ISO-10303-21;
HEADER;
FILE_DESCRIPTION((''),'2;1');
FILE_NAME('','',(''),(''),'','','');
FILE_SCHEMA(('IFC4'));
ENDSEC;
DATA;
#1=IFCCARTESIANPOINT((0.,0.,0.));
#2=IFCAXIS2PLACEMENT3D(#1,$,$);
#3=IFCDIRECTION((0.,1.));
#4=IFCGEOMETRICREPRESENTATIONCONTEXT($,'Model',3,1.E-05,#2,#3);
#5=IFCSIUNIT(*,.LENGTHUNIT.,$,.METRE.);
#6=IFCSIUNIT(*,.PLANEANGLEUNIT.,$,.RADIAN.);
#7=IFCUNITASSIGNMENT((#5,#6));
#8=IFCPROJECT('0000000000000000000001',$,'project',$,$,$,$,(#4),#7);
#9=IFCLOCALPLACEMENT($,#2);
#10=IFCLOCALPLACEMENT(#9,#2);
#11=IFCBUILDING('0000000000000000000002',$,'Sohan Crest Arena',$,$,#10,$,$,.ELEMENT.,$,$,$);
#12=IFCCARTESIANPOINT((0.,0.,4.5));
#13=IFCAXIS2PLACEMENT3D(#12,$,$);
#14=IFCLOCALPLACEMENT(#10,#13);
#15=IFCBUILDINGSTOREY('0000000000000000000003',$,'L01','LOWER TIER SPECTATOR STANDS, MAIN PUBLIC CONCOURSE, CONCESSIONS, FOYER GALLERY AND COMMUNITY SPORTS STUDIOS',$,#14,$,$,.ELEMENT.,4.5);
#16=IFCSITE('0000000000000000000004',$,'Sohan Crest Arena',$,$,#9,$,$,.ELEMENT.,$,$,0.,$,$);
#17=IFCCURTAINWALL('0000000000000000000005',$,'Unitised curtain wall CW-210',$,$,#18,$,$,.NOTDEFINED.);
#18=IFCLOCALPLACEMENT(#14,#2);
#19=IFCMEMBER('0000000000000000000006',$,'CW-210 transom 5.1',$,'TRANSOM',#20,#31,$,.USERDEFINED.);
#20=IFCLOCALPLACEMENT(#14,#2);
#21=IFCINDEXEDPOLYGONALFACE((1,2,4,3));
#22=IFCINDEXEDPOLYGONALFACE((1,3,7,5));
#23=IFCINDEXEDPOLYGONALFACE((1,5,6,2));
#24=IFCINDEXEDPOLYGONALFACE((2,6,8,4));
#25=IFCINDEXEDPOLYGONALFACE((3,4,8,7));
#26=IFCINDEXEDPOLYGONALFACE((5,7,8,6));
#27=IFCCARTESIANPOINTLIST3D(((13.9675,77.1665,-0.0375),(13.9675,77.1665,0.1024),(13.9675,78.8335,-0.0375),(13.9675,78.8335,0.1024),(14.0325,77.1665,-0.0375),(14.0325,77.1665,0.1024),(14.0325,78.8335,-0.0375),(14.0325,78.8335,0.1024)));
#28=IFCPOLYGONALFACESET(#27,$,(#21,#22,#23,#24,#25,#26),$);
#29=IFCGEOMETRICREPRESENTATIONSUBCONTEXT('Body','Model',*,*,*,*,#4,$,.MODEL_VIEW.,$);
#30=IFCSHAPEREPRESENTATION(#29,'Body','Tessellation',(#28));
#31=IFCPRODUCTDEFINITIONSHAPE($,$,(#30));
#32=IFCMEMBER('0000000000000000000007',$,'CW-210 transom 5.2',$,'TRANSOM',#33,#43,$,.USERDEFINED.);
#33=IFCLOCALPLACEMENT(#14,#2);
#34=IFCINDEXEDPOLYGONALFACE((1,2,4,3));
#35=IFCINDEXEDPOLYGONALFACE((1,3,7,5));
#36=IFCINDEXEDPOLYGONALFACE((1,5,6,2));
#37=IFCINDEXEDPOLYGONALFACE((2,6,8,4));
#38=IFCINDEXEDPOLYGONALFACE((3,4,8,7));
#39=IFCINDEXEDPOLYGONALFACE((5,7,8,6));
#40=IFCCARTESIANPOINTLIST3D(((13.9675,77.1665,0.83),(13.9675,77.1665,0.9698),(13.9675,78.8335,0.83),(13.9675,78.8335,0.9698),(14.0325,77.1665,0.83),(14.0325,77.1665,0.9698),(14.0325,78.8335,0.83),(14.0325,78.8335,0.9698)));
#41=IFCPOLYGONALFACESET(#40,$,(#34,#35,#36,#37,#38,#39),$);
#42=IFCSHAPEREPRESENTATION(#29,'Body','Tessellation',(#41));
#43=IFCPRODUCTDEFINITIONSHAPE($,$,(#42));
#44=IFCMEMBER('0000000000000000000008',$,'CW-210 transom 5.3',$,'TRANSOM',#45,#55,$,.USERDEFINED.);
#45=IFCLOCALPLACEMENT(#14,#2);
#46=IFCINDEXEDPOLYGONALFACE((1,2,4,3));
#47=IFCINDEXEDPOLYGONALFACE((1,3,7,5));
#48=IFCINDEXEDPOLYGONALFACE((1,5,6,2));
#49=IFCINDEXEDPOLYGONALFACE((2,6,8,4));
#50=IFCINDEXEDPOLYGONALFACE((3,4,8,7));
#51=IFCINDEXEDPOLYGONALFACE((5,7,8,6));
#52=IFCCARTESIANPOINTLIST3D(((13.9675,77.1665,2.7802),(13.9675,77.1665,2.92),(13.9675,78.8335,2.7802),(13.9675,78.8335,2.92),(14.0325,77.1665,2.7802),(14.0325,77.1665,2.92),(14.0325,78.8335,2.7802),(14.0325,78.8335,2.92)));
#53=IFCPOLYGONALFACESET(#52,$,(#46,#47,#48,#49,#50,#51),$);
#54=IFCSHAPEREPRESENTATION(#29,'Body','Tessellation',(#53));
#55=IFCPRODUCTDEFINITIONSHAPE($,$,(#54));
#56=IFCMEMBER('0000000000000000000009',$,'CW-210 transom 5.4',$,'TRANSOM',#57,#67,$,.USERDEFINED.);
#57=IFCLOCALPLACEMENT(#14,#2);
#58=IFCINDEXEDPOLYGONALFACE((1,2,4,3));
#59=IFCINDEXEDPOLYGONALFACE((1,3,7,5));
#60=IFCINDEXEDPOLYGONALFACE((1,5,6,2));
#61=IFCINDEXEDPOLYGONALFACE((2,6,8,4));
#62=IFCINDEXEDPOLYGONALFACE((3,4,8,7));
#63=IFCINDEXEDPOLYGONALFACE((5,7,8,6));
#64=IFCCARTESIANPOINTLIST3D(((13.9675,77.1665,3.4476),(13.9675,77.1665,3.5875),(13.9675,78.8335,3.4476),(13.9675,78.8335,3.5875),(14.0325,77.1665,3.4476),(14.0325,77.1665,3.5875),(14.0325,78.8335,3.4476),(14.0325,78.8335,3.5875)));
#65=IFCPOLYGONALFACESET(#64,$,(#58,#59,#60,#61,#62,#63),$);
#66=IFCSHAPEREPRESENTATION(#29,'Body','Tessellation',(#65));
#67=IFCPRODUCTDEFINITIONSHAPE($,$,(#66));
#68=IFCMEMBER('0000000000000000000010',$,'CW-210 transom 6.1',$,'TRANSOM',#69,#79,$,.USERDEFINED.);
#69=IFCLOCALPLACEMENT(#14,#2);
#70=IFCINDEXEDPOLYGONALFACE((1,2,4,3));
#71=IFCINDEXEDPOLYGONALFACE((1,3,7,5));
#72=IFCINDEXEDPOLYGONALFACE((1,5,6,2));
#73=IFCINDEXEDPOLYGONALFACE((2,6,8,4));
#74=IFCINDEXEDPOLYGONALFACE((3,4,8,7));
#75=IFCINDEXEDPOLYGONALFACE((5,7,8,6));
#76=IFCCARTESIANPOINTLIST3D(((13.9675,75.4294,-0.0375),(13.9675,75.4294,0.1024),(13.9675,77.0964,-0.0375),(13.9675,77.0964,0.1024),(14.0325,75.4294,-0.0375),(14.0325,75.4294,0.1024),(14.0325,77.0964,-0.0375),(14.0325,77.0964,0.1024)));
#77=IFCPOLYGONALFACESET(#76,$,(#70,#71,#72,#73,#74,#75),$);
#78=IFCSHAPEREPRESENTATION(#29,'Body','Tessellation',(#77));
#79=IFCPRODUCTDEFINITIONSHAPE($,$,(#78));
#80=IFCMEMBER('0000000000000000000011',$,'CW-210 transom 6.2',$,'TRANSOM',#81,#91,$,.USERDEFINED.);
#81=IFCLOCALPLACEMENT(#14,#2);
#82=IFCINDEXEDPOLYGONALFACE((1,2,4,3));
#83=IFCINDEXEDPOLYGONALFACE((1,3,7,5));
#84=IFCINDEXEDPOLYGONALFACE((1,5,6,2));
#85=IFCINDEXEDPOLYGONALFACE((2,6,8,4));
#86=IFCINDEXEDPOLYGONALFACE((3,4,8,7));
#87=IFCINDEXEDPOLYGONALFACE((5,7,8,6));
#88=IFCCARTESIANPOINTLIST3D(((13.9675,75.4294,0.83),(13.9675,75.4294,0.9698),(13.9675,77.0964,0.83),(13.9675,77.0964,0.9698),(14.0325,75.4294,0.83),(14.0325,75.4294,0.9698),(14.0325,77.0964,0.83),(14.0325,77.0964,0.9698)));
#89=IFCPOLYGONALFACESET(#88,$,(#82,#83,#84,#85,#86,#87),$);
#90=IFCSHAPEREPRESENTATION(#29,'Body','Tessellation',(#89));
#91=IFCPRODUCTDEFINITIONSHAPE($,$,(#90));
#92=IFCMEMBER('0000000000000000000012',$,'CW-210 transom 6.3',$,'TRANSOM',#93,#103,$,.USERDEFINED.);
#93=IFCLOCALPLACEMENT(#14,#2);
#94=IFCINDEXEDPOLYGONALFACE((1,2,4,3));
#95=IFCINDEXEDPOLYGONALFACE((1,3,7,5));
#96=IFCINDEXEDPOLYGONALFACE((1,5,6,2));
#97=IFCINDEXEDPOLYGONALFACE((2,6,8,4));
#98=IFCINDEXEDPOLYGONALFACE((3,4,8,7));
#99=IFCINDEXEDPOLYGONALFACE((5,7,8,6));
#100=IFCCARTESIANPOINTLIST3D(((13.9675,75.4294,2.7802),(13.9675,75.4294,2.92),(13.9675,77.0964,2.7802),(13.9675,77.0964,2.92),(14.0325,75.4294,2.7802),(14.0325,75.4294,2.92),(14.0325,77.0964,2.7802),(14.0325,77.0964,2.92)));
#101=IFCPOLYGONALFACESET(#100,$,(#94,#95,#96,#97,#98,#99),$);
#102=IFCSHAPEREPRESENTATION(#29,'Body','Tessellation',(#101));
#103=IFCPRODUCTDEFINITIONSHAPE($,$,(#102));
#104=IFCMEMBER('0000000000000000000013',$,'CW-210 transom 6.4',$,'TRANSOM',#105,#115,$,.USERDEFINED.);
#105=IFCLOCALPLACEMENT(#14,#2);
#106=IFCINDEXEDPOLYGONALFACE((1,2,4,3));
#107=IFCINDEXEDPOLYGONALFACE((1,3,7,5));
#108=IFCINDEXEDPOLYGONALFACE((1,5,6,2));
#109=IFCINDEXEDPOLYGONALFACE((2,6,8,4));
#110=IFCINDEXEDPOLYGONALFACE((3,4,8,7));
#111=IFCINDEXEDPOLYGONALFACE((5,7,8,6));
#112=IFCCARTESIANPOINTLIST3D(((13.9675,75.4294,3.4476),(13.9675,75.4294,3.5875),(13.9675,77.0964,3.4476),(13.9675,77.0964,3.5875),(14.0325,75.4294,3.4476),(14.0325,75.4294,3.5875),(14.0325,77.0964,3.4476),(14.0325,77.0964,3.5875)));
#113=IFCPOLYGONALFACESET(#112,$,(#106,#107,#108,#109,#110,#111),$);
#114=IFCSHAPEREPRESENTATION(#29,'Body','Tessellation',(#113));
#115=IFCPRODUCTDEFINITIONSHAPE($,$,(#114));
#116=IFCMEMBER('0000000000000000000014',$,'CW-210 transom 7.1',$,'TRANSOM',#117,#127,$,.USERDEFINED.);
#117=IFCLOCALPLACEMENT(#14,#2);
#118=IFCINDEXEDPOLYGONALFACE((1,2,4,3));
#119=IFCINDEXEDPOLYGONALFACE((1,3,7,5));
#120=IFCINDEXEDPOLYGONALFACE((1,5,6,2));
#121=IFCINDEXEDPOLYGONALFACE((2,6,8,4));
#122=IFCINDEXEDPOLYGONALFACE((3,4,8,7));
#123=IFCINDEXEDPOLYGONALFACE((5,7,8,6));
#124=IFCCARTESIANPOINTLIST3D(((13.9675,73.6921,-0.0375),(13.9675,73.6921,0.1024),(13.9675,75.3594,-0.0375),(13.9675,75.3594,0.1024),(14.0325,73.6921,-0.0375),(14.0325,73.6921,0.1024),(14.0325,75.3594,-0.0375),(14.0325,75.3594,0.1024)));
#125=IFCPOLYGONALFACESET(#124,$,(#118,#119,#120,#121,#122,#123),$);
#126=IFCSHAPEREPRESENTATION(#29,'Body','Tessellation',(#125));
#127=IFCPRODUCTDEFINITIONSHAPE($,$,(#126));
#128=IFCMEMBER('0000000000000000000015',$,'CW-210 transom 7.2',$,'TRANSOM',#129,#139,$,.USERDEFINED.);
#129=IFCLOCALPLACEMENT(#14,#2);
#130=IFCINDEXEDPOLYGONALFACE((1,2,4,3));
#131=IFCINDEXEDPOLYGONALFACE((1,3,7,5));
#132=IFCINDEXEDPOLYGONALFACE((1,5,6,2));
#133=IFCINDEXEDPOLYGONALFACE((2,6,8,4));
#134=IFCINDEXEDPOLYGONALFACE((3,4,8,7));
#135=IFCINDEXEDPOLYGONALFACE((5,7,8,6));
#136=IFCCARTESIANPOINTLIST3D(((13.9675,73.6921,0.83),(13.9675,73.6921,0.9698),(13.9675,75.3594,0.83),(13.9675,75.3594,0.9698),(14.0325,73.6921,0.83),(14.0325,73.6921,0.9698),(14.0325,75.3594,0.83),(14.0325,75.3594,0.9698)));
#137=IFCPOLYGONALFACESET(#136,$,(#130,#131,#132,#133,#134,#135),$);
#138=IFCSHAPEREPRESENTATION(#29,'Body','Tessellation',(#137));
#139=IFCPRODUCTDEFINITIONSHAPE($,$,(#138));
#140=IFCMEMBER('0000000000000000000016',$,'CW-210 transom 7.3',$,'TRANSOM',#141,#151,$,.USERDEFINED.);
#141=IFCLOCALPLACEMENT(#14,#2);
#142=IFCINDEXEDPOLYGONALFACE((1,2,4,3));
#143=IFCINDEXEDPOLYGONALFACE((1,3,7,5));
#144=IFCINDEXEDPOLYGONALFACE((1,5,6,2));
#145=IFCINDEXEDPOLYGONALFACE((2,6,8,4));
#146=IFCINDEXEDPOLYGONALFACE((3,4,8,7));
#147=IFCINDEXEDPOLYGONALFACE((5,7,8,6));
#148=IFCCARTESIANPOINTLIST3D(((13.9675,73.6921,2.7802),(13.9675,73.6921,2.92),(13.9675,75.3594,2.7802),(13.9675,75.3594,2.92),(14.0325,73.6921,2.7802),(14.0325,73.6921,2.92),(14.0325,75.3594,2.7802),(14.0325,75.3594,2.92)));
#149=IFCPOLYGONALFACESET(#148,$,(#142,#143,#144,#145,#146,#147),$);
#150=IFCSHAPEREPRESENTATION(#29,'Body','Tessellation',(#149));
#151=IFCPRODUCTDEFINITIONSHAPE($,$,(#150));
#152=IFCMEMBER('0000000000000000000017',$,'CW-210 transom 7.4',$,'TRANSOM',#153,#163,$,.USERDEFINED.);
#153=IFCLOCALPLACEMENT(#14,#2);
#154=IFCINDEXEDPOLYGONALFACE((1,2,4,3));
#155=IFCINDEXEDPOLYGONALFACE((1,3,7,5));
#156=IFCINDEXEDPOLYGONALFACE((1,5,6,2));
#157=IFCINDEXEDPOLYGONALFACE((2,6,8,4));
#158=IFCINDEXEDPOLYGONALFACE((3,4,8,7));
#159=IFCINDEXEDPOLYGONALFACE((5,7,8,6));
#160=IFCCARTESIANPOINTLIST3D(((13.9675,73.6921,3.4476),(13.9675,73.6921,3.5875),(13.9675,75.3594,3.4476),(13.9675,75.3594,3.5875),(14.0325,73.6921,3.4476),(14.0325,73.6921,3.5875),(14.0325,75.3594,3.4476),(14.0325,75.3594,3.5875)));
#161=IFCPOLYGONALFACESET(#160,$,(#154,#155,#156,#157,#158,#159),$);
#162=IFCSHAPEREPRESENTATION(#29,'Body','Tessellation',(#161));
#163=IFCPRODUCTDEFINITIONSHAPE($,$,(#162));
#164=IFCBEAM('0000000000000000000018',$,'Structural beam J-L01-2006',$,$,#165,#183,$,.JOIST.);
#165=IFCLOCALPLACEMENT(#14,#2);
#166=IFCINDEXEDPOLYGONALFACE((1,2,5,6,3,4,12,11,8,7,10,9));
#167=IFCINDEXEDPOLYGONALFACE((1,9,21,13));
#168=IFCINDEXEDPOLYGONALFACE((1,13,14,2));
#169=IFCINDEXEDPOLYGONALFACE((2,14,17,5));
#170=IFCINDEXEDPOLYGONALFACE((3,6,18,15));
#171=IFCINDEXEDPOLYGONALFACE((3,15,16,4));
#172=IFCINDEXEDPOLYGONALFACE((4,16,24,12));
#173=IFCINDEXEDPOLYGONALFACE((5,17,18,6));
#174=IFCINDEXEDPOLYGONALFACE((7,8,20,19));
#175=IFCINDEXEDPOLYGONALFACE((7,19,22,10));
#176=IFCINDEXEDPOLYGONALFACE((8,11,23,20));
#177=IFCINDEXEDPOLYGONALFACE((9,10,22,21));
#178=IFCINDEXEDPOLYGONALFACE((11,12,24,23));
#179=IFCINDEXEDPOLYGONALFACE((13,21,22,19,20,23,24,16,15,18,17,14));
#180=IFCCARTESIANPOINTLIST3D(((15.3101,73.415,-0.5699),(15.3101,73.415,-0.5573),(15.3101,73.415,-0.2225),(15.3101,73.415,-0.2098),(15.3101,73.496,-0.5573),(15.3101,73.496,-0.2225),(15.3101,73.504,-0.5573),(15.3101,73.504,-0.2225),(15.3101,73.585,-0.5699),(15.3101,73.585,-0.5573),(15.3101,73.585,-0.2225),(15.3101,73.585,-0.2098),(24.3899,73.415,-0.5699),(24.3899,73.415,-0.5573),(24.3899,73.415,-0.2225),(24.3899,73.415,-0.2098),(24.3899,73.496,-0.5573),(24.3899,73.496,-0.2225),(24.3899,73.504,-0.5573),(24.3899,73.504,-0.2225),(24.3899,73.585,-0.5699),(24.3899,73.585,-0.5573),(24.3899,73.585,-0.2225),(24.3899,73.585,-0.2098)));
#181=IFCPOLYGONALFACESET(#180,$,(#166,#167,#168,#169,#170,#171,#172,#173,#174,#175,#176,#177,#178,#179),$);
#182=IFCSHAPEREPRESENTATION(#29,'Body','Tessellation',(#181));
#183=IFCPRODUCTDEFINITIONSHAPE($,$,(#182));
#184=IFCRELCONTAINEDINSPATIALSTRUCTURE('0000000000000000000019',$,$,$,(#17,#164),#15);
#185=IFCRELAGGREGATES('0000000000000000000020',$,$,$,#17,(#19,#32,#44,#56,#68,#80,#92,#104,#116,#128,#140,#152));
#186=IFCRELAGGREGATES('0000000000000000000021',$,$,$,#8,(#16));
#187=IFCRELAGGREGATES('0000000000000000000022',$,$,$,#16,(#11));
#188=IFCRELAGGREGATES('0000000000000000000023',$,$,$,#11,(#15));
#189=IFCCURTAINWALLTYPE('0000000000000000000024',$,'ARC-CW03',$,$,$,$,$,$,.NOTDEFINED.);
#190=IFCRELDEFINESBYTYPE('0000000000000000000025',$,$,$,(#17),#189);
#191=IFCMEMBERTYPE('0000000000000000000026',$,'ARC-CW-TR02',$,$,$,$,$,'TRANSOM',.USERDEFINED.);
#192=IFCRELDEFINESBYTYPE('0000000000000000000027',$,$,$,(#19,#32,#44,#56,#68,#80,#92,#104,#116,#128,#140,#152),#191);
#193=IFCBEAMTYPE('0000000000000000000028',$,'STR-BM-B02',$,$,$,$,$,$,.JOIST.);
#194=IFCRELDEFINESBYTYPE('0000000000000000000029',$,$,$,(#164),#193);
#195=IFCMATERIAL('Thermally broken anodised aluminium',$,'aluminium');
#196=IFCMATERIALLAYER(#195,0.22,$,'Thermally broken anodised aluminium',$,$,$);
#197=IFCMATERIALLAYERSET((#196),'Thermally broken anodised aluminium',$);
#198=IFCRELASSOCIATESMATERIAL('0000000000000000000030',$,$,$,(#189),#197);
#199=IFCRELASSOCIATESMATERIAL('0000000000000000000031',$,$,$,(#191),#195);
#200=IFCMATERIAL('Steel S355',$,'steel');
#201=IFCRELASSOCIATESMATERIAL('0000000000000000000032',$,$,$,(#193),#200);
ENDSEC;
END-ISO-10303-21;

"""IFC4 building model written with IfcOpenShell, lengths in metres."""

from ifc_helpers import new_model, si_unit, direction, frame, origin, origin_2d, place, context, subcontext, project, spatial, rectangle, i_section, extrude, material, layer, layer_set, material_profile, profile_set, type_object, element, aggregate, save


model = new_model("IFC4")

# Units and contexts
model_context = context("Model", 3, precision=1e-05, world=origin(), true_north=direction((0.0, 1.0)))
body_context = subcontext(model_context, "Body", "Model", "MODEL_VIEW")
ifc_project = project(units=[si_unit("LENGTHUNIT", "METRE"), si_unit("PLANEANGLEUNIT", "RADIAN")], contexts=[model_context])

# Site, building, storey
site_placement = place(None, origin())
site = spatial("IfcSite", under=ifc_project, at=site_placement, Name="Sohan Crest Arena", CompositionType="ELEMENT", RefElevation=0.0)
building_placement = place(site_placement, origin())
building = spatial("IfcBuilding", under=site, at=building_placement, Name="Sohan Crest Arena", CompositionType="ELEMENT")
storey_placement = place(building_placement, frame((0.0, 0.0, 4.5)))
storey = spatial("IfcBuildingStorey", under=building, at=storey_placement, Name="L01", Description="LOWER TIER SPECTATOR STANDS, MAIN PUBLIC CONCOURSE, CONCESSIONS, FOYER GALLERY AND COMMUNITY SPORTS STUDIOS", CompositionType="ELEMENT", Elevation=4.5)

# Curtain wall, members
ifc_material_1 = material(Name="Thermally broken anodised aluminium", Category="aluminium")
ifc_layer_1 = layer(ifc_material_1, 0.22, Name="Thermally broken anodised aluminium")
ifc_layer_set_1 = layer_set([ifc_layer_1], Name="Thermally broken anodised aluminium")
curtain_wall_type = type_object("IfcCurtainWallType", Name="ARC-CW03", PredefinedType="NOTDEFINED", material=ifc_layer_set_1)
curtain_wall_placement = place(storey_placement, origin())
curtain_wall = element("IfcCurtainWall", 1, at=curtain_wall_placement, inside=storey, type_object=curtain_wall_type, Name="Unitised curtain wall CW-210", PredefinedType="NOTDEFINED")
ifc_material_profile_1 = material_profile(ifc_material_1, rectangle(XDim=0.0649, YDim=0.1399, at=origin_2d()), Name="ALU-TRAN 65x140")
ifc_profile_set_1 = profile_set([ifc_material_profile_1], Name="Thermally broken anodised aluminium")
member_type_1 = type_object("IfcMemberType", Name="ARC-CW-TR02", ElementType="TRANSOM", PredefinedType="USERDEFINED", material=ifc_profile_set_1)
member_1_placement = place(storey_placement, frame((14.0, 78.8335, 0.0325), z_axis=(0.0, -1.0, 0.0), x_axis=(1.0, 0.0, 0.0)))
member_1 = element("IfcMember", 2, at=member_1_placement, type_object=member_type_1, Name="CW-210 transom 5.1", ObjectType="TRANSOM", PredefinedType="USERDEFINED", context=body_context, shape_type="SweptSolid", body=[
    extrude(rectangle(XDim=0.0649, YDim=0.1399, at=origin_2d()), origin(), (0.0, 0.0, 1.0), 1.667),
])
member_2_placement = place(storey_placement, frame((14.0, 78.8335, 0.8999), z_axis=(0.0, -1.0, 0.0), x_axis=(1.0, 0.0, 0.0)))
member_2 = element("IfcMember", 3, at=member_2_placement, type_object=member_type_1, Name="CW-210 transom 5.2", ObjectType="TRANSOM", PredefinedType="USERDEFINED", context=body_context, shape_type="SweptSolid", body=[
    extrude(rectangle(XDim=0.0649, YDim=0.1399, at=origin_2d()), origin(), (0.0, 0.0, 1.0), 1.667),
])
member_3_placement = place(storey_placement, frame((14.0, 78.8335, 2.8501), z_axis=(0.0, -1.0, 0.0), x_axis=(1.0, 0.0, 0.0)))
member_3 = element("IfcMember", 4, at=member_3_placement, type_object=member_type_1, Name="CW-210 transom 5.3", ObjectType="TRANSOM", PredefinedType="USERDEFINED", context=body_context, shape_type="SweptSolid", body=[
    extrude(rectangle(XDim=0.0649, YDim=0.1399, at=origin_2d()), origin(), (0.0, 0.0, 1.0), 1.667),
])
member_4_placement = place(storey_placement, frame((14.0, 78.8335, 3.5176), z_axis=(0.0, -1.0, 0.0), x_axis=(1.0, 0.0, 0.0)))
member_4 = element("IfcMember", 5, at=member_4_placement, type_object=member_type_1, Name="CW-210 transom 5.4", ObjectType="TRANSOM", PredefinedType="USERDEFINED", context=body_context, shape_type="SweptSolid", body=[
    extrude(rectangle(XDim=0.0649, YDim=0.1399, at=origin_2d()), origin(), (0.0, 0.0, 1.0), 1.667),
])
member_5_placement = place(storey_placement, frame((14.0, 77.0964, 0.0325), z_axis=(0.0, -1.0, 0.0), x_axis=(1.0, 0.0, 0.0)))
member_5 = element("IfcMember", 6, at=member_5_placement, type_object=member_type_1, Name="CW-210 transom 6.1", ObjectType="TRANSOM", PredefinedType="USERDEFINED", context=body_context, shape_type="SweptSolid", body=[
    extrude(rectangle(XDim=0.0649, YDim=0.1399, at=origin_2d()), origin(), (0.0, 0.0, 1.0), 1.667),
])
member_6_placement = place(storey_placement, frame((14.0, 77.0964, 0.8999), z_axis=(0.0, -1.0, 0.0), x_axis=(1.0, 0.0, 0.0)))
member_6 = element("IfcMember", 7, at=member_6_placement, type_object=member_type_1, Name="CW-210 transom 6.2", ObjectType="TRANSOM", PredefinedType="USERDEFINED", context=body_context, shape_type="SweptSolid", body=[
    extrude(rectangle(XDim=0.0649, YDim=0.1399, at=origin_2d()), origin(), (0.0, 0.0, 1.0), 1.667),
])
member_7_placement = place(storey_placement, frame((14.0, 77.0964, 2.8501), z_axis=(0.0, -1.0, 0.0), x_axis=(1.0, 0.0, 0.0)))
member_7 = element("IfcMember", 8, at=member_7_placement, type_object=member_type_1, Name="CW-210 transom 6.3", ObjectType="TRANSOM", PredefinedType="USERDEFINED", context=body_context, shape_type="SweptSolid", body=[
    extrude(rectangle(XDim=0.0649, YDim=0.1399, at=origin_2d()), origin(), (0.0, 0.0, 1.0), 1.667),
])
member_8_placement = place(storey_placement, frame((14.0, 77.0964, 3.5176), z_axis=(0.0, -1.0, 0.0), x_axis=(1.0, 0.0, 0.0)))
member_8 = element("IfcMember", 9, at=member_8_placement, type_object=member_type_1, Name="CW-210 transom 6.4", ObjectType="TRANSOM", PredefinedType="USERDEFINED", context=body_context, shape_type="SweptSolid", body=[
    extrude(rectangle(XDim=0.0649, YDim=0.1399, at=origin_2d()), origin(), (0.0, 0.0, 1.0), 1.667),
])
member_9_placement = place(storey_placement, frame((14.0, 75.3594, 0.0325), z_axis=(0.0, -1.0, 0.0), x_axis=(1.0, 0.0, 0.0)))
member_9 = element("IfcMember", 10, at=member_9_placement, type_object=member_type_1, Name="CW-210 transom 7.1", ObjectType="TRANSOM", PredefinedType="USERDEFINED", context=body_context, shape_type="SweptSolid", body=[
    extrude(rectangle(XDim=0.0649, YDim=0.1399, at=origin_2d()), origin(), (0.0, 0.0, 1.0), 1.6672),
])
member_10_placement = place(storey_placement, frame((14.0, 75.3594, 0.8999), z_axis=(0.0, -1.0, 0.0), x_axis=(1.0, 0.0, 0.0)))
member_10 = element("IfcMember", 11, at=member_10_placement, type_object=member_type_1, Name="CW-210 transom 7.2", ObjectType="TRANSOM", PredefinedType="USERDEFINED", context=body_context, shape_type="SweptSolid", body=[
    extrude(rectangle(XDim=0.0649, YDim=0.1399, at=origin_2d()), origin(), (0.0, 0.0, 1.0), 1.6672),
])
member_11_placement = place(storey_placement, frame((14.0, 75.3594, 2.8501), z_axis=(0.0, -1.0, 0.0), x_axis=(1.0, 0.0, 0.0)))
member_11 = element("IfcMember", 12, at=member_11_placement, type_object=member_type_1, Name="CW-210 transom 7.3", ObjectType="TRANSOM", PredefinedType="USERDEFINED", context=body_context, shape_type="SweptSolid", body=[
    extrude(rectangle(XDim=0.0649, YDim=0.1399, at=origin_2d()), origin(), (0.0, 0.0, 1.0), 1.6672),
])
member_12_placement = place(storey_placement, frame((14.0, 75.3594, 3.5176), z_axis=(0.0, -1.0, 0.0), x_axis=(1.0, 0.0, 0.0)))
member_12 = element("IfcMember", 13, at=member_12_placement, type_object=member_type_1, Name="CW-210 transom 7.4", ObjectType="TRANSOM", PredefinedType="USERDEFINED", context=body_context, shape_type="SweptSolid", body=[
    extrude(rectangle(XDim=0.0649, YDim=0.1399, at=origin_2d()), origin(), (0.0, 0.0, 1.0), 1.6672),
])

# Beam
ifc_material_2 = material(Name="Steel S355", Category="steel")
ifc_material_profile_2 = material_profile(ifc_material_2, i_section(OverallWidth=0.1699, OverallDepth=0.3601, WebThickness=0.0081, FlangeThickness=0.0127, at=origin_2d()), Name="IPE 360")
ifc_profile_set_2 = profile_set([ifc_material_profile_2], Name="Steel S355")
beam_type_1 = type_object("IfcBeamType", Name="STR-BM-B02", PredefinedType="JOIST", material=ifc_profile_set_2)
beam_placement = place(storey_placement, frame((15.3101, 73.5, -0.3899), z_axis=(1.0, 0.0, 0.0), x_axis=(0.0, 1.0, 0.0)))
element("IfcBeam", 14, at=beam_placement, inside=storey, type_object=beam_type_1, Name="Structural beam J-L01-2006", PredefinedType="JOIST", context=body_context, shape_type="SweptSolid", body=[
    extrude(i_section(OverallWidth=0.1699, OverallDepth=0.3601, WebThickness=0.0081, FlangeThickness=0.0127, at=origin_2d()), origin(), (0.0, 0.0, 1.0), 9.0798),
])

aggregate(curtain_wall, [member_1, member_2, member_3, member_4, member_5, member_6, member_7, member_8, member_9, member_10, member_11, member_12])

save(model, "model.ifc")
